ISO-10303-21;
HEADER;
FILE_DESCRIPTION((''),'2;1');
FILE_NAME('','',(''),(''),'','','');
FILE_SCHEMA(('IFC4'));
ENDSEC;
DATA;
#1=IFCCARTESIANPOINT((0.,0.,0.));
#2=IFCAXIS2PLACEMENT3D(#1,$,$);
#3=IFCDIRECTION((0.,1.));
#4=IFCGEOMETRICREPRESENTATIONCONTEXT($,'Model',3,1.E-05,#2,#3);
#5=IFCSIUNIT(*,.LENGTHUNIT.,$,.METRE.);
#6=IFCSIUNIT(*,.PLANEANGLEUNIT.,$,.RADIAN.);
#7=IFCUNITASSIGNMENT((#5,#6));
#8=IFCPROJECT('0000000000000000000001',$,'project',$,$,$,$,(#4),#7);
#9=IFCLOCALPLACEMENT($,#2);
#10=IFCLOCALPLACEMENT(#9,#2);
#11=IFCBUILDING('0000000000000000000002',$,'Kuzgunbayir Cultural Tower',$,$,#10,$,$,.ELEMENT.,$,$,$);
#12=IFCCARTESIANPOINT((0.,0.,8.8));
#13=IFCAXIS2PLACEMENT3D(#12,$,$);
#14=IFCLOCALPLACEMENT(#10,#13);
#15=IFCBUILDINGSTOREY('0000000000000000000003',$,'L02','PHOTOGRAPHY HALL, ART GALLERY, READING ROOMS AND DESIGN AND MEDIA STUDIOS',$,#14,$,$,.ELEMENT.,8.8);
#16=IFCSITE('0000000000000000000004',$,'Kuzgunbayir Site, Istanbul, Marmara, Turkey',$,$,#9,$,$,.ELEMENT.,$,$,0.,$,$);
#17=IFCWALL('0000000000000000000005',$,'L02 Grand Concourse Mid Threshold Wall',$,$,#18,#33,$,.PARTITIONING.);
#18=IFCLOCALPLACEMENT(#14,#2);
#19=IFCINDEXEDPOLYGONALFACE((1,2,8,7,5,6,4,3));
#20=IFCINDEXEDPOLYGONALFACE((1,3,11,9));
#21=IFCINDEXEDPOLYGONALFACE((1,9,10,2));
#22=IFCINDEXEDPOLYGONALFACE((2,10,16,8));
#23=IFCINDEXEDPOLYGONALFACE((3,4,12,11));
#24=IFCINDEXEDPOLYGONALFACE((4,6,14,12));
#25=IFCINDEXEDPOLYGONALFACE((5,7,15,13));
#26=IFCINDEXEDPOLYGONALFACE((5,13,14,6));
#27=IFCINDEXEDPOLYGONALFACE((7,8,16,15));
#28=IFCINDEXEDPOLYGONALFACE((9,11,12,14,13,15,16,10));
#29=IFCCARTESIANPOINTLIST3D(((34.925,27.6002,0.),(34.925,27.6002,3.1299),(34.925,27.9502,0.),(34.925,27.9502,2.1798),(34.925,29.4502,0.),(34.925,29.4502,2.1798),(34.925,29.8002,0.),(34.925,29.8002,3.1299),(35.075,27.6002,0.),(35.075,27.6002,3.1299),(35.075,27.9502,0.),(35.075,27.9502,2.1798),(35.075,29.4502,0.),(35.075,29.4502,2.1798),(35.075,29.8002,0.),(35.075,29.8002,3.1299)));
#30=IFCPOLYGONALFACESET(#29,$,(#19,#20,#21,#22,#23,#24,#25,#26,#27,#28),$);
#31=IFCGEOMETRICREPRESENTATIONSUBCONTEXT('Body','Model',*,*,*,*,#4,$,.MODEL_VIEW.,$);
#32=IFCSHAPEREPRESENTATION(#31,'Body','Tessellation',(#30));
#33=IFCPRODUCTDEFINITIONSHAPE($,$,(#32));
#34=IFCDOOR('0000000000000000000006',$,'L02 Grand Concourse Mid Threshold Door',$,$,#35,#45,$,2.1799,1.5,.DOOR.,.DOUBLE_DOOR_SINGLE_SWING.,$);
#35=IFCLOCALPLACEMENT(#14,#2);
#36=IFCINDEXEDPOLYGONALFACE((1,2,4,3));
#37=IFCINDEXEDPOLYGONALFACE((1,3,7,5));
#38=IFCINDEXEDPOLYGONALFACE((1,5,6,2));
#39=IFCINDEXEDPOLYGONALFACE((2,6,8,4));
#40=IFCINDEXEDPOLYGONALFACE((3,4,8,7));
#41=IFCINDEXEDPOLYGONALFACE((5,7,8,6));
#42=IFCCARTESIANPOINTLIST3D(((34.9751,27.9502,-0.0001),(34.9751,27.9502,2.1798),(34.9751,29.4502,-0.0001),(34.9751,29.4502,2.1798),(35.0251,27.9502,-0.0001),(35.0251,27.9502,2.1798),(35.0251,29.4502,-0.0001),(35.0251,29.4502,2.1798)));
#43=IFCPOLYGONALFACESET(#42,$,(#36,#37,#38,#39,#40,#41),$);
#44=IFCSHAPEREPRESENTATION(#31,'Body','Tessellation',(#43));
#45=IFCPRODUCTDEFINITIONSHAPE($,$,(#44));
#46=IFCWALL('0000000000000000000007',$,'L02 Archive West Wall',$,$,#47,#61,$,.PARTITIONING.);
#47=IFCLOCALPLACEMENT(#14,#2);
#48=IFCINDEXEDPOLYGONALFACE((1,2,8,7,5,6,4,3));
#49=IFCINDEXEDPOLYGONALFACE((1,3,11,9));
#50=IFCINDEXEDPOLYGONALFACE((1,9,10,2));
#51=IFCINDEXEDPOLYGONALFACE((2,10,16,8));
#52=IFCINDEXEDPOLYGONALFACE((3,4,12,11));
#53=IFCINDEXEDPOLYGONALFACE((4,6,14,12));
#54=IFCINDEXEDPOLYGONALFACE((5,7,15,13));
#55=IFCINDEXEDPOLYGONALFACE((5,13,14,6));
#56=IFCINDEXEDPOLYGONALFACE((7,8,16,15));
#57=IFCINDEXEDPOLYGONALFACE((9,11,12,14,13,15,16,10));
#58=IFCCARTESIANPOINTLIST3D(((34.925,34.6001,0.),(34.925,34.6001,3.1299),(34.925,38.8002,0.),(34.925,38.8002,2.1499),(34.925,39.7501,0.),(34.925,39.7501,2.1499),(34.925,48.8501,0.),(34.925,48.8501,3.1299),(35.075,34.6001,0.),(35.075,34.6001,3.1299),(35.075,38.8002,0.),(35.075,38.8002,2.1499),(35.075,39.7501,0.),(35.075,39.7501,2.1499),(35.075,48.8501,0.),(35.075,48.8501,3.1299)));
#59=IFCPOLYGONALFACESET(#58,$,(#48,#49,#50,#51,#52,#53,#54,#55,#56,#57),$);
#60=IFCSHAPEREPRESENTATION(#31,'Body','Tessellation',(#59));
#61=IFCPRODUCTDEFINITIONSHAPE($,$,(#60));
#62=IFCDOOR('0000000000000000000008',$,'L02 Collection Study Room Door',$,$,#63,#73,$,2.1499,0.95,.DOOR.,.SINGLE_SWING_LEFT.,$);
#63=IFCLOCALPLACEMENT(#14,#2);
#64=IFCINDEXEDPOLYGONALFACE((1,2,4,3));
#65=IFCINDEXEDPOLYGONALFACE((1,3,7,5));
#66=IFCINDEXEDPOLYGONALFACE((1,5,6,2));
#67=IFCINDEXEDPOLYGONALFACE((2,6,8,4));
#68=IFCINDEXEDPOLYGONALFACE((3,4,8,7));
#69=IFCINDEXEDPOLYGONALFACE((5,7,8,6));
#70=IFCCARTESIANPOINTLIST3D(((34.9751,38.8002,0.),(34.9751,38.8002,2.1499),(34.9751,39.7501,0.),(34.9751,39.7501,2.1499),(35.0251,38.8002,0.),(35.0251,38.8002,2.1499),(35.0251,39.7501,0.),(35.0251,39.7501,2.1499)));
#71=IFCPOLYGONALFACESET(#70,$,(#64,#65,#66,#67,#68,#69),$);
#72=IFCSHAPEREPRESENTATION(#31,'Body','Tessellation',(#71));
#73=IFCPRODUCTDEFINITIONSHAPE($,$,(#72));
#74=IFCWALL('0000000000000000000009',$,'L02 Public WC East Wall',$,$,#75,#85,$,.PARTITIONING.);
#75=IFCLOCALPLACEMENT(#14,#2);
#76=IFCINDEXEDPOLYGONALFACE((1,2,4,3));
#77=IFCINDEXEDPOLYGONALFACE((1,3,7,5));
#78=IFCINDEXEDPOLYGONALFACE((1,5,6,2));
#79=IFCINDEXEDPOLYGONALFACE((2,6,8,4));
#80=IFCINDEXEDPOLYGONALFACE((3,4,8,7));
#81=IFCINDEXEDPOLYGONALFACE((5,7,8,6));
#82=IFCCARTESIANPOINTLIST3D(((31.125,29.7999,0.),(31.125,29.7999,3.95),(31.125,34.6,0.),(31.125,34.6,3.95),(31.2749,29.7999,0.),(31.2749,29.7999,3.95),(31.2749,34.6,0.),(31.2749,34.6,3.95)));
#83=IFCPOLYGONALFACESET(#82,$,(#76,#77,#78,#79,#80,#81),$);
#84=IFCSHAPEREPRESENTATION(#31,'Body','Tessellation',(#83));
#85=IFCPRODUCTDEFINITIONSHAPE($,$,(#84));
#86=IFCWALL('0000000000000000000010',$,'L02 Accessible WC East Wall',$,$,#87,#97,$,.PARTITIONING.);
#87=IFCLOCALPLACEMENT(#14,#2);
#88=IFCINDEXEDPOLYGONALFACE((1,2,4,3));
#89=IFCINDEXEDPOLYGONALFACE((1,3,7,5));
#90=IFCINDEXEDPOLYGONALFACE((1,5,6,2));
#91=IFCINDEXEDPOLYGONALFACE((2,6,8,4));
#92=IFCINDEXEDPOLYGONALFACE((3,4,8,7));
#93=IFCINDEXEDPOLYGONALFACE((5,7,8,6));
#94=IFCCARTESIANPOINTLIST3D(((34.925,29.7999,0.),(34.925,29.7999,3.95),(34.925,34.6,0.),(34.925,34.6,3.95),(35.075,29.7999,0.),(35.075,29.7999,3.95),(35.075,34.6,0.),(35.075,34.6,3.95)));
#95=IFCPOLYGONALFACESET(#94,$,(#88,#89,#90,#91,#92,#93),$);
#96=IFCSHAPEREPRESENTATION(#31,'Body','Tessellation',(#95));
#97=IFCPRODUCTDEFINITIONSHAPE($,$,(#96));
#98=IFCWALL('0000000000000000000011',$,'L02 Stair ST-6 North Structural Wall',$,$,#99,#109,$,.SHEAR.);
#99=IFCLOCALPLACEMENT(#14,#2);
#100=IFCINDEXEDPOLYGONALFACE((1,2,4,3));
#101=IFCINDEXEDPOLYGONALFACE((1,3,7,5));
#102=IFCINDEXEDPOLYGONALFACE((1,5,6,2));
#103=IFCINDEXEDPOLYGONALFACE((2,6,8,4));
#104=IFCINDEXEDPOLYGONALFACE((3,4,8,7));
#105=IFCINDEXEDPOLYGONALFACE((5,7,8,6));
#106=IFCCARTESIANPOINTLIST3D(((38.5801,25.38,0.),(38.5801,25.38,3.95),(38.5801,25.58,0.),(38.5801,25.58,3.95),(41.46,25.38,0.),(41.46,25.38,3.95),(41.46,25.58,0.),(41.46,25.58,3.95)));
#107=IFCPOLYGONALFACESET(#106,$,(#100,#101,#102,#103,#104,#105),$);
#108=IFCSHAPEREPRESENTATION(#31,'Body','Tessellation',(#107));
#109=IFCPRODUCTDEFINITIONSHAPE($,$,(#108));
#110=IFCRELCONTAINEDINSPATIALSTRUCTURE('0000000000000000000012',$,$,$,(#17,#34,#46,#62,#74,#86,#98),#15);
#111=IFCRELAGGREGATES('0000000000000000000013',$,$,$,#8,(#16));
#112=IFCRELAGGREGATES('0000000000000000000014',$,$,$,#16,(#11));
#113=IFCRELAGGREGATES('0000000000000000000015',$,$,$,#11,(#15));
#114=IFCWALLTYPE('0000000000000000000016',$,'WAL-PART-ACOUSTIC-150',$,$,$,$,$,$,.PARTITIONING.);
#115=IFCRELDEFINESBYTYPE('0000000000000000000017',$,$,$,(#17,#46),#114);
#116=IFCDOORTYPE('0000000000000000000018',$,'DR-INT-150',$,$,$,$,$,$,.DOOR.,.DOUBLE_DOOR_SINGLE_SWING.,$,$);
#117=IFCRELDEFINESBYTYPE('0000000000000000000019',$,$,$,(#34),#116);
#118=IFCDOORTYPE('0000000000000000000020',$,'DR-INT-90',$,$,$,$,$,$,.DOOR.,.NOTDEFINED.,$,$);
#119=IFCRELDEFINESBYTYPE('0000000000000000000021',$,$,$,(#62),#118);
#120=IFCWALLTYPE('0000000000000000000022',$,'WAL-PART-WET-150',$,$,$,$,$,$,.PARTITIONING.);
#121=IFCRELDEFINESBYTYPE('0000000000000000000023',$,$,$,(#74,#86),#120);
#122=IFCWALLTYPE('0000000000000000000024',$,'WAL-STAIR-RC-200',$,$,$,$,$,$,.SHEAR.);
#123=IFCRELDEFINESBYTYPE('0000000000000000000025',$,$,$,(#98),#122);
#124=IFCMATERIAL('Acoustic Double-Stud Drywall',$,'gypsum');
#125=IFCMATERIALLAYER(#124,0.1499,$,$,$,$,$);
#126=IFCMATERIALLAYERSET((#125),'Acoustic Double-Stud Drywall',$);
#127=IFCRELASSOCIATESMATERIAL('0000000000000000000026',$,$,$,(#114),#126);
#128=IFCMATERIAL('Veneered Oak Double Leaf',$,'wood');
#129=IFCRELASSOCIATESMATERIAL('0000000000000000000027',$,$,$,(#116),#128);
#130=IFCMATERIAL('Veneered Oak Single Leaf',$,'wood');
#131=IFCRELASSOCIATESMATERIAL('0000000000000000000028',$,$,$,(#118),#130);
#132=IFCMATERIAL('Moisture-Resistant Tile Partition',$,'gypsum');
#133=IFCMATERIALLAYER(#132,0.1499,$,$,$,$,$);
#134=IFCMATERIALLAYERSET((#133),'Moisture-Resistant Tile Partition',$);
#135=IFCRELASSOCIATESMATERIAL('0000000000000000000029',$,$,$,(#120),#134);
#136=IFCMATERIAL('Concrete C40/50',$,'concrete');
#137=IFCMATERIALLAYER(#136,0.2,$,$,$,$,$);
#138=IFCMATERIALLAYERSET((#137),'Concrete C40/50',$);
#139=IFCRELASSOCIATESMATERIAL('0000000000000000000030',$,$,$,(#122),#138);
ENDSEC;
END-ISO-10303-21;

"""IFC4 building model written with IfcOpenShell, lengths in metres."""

from ifc_helpers import new_model, si_unit, direction, frame, frame_2d, origin, place, context, subcontext, project, spatial, rectangle, extrude, material, layer, layer_set, type_object, element, fill, save


model = new_model("IFC4")

# Units and contexts
model_context = context("Model", 3, precision=1e-05, world=origin(), true_north=direction((0.0, 1.0)))
body_context = subcontext(model_context, "Body", "Model", "MODEL_VIEW")
ifc_project = project(units=[si_unit("LENGTHUNIT", "METRE"), si_unit("PLANEANGLEUNIT", "RADIAN")], contexts=[model_context])

# Site, building, storey
site_placement = place(None, origin())
site = spatial("IfcSite", under=ifc_project, at=site_placement, Name="Kuzgunbayir Site, Istanbul, Marmara, Turkey", CompositionType="ELEMENT", RefElevation=0.0)
building_placement = place(site_placement, origin())
building = spatial("IfcBuilding", under=site, at=building_placement, Name="Kuzgunbayir Cultural Tower", CompositionType="ELEMENT")
storey_placement = place(building_placement, frame((0.0, 0.0, 8.8)))
storey = spatial("IfcBuildingStorey", under=building, at=storey_placement, Name="L02", Description="PHOTOGRAPHY HALL, ART GALLERY, READING ROOMS AND DESIGN AND MEDIA STUDIOS", CompositionType="ELEMENT", Elevation=8.8)

# Walls, openings, doors
ifc_material_1 = material(Name="Acoustic Double-Stud Drywall", Category="gypsum")
ifc_layer_1 = layer(ifc_material_1, 0.1499)
ifc_layer_set_1 = layer_set([ifc_layer_1], Name="Acoustic Double-Stud Drywall")
wall_type_1 = type_object("IfcWallType", Name="WAL-PART-ACOUSTIC-150", PredefinedType="PARTITIONING", material=ifc_layer_set_1)
wall_1_placement = place(storey_placement, frame((35.0, 27.6001, 0.0), z_axis=(0.0, 0.0, 1.0), x_axis=(0.0, 1.0, 0.0)))
wall_1 = element("IfcWall", 1, at=wall_1_placement, inside=storey, type_object=wall_type_1, Name="L02 Grand Concourse Mid Threshold Wall", PredefinedType="PARTITIONING", context=body_context, shape_type="SweptSolid", body=[
    extrude(rectangle(XDim=2.2, YDim=0.1499, at=frame_2d((1.1001, 0.0))), origin(), (0.0, 0.0, 1.0), 3.1299),
])
opening_1_placement = place(wall_1_placement, frame((0.3501, 0.0, 0.0)))
opening_1 = element("IfcOpeningElement", 2, at=opening_1_placement, cuts=wall_1, PredefinedType="OPENING", context=body_context, shape_type="SweptSolid", body=[
    extrude(rectangle(XDim=1.5, YDim=2.1799, at=frame_2d((0.75, 1.0898))), frame((0.0, 0.085, 0.0), z_axis=(0.0, -1.0, 0.0), x_axis=(1.0, 0.0, 0.0)), (0.0, 0.0, 1.0), 0.1699),
])
ifc_material_2 = material(Name="Veneered Oak Double Leaf", Category="wood")
door_type_1 = type_object("IfcDoorType", Name="DR-INT-150", OperationType="DOUBLE_DOOR_SINGLE_SWING", PredefinedType="DOOR", material=ifc_material_2)
door_1_placement = place(opening_1_placement, origin())
door_1 = element("IfcDoor", 3, at=door_1_placement, inside=storey, type_object=door_type_1, Name="L02 Grand Concourse Mid Threshold Door", OperationType="DOUBLE_DOOR_SINGLE_SWING", OverallHeight=2.1799, OverallWidth=1.5, PredefinedType="DOOR", context=body_context, shape_type="SweptSolid", body=[
    extrude(rectangle(XDim=1.5, YDim=2.1799, at=frame_2d((0.75, 1.0898))), frame((0.0, 0.0249, 0.0), z_axis=(0.0, -1.0, 0.0), x_axis=(1.0, 0.0, 0.0)), (0.0, 0.0, 1.0), 0.05),
])
fill(opening_1, door_1)
wall_2_placement = place(storey_placement, frame((35.0, 34.6001, 0.0), z_axis=(0.0, 0.0, 1.0), x_axis=(0.0, 1.0, 0.0)))
wall_2 = element("IfcWall", 4, at=wall_2_placement, inside=storey, type_object=wall_type_1, Name="L02 Archive West Wall", PredefinedType="PARTITIONING", context=body_context, shape_type="SweptSolid", body=[
    extrude(rectangle(XDim=14.25, YDim=0.1499, at=frame_2d((7.125, 0.0))), origin(), (0.0, 0.0, 1.0), 3.1299),
])
opening_2_placement = place(wall_2_placement, frame((4.2, 0.0, 0.0)))
opening_2 = element("IfcOpeningElement", 5, at=opening_2_placement, cuts=wall_2, PredefinedType="OPENING", context=body_context, shape_type="SweptSolid", body=[
    extrude(rectangle(XDim=0.95, YDim=2.1499, at=frame_2d((0.4751, 1.075))), frame((0.0, 0.085, 0.0), z_axis=(0.0, -1.0, 0.0), x_axis=(1.0, 0.0, 0.0)), (0.0, 0.0, 1.0), 0.1699),
])
ifc_material_3 = material(Name="Veneered Oak Single Leaf", Category="wood")
door_type_2 = type_object("IfcDoorType", Name="DR-INT-90", OperationType="NOTDEFINED", PredefinedType="DOOR", material=ifc_material_3)
door_2_placement = place(opening_2_placement, origin())
door_2 = element("IfcDoor", 6, at=door_2_placement, inside=storey, type_object=door_type_2, Name="L02 Collection Study Room Door", OperationType="SINGLE_SWING_LEFT", OverallHeight=2.1499, OverallWidth=0.95, PredefinedType="DOOR", context=body_context, shape_type="SweptSolid", body=[
    extrude(rectangle(XDim=0.95, YDim=2.1499, at=frame_2d((0.4751, 1.075))), frame((0.0, 0.0249, 0.0), z_axis=(0.0, -1.0, 0.0), x_axis=(1.0, 0.0, 0.0)), (0.0, 0.0, 1.0), 0.05),
])
fill(opening_2, door_2)

# Walls
ifc_material_4 = material(Name="Moisture-Resistant Tile Partition", Category="gypsum")
ifc_layer_2 = layer(ifc_material_4, 0.1499)
ifc_layer_set_2 = layer_set([ifc_layer_2], Name="Moisture-Resistant Tile Partition")
wall_type_2 = type_object("IfcWallType", Name="WAL-PART-WET-150", PredefinedType="PARTITIONING", material=ifc_layer_set_2)
for number, where, z_axis, x_axis, name in (
    (7, (31.2, 29.8, 0.0), (0.0, 0.0, 1.0), (0.0, 1.0, 0.0), "L02 Public WC East Wall"),
    (8, (35.0, 29.8, 0.0), (0.0, 0.0, 1.0), (0.0, 1.0, 0.0), "L02 Accessible WC East Wall"),
):
    element("IfcWall", number, at=place(storey_placement, frame(where, z_axis=z_axis, x_axis=x_axis)), inside=storey, type_object=wall_type_2, Name=name, PredefinedType="PARTITIONING", context=body_context, shape_type="SweptSolid", body=[
        extrude(rectangle(XDim=4.8, YDim=0.1499, at=frame_2d((2.3999, 0.0))), origin(), (0.0, 0.0, 1.0), 3.95),
    ])
ifc_material_5 = material(Name="Concrete C40/50", Category="concrete")
ifc_layer_3 = layer(ifc_material_5, 0.2)
ifc_layer_set_3 = layer_set([ifc_layer_3], Name="Concrete C40/50")
wall_type_3 = type_object("IfcWallType", Name="WAL-STAIR-RC-200", PredefinedType="SHEAR", material=ifc_layer_set_3)
wall_3_placement = place(storey_placement, frame((38.5801, 25.48, 0.0), z_axis=(0.0, 0.0, 1.0), x_axis=(1.0, 0.0, 0.0)))
element("IfcWall", 9, at=wall_3_placement, inside=storey, type_object=wall_type_3, Name="L02 Stair ST-6 North Structural Wall", PredefinedType="SHEAR", context=body_context, shape_type="SweptSolid", body=[
    extrude(rectangle(XDim=2.8799, YDim=0.2, at=frame_2d((1.4399, 0.0))), origin(), (0.0, 0.0, 1.0), 3.95),
])

save(model, "model.ifc")
